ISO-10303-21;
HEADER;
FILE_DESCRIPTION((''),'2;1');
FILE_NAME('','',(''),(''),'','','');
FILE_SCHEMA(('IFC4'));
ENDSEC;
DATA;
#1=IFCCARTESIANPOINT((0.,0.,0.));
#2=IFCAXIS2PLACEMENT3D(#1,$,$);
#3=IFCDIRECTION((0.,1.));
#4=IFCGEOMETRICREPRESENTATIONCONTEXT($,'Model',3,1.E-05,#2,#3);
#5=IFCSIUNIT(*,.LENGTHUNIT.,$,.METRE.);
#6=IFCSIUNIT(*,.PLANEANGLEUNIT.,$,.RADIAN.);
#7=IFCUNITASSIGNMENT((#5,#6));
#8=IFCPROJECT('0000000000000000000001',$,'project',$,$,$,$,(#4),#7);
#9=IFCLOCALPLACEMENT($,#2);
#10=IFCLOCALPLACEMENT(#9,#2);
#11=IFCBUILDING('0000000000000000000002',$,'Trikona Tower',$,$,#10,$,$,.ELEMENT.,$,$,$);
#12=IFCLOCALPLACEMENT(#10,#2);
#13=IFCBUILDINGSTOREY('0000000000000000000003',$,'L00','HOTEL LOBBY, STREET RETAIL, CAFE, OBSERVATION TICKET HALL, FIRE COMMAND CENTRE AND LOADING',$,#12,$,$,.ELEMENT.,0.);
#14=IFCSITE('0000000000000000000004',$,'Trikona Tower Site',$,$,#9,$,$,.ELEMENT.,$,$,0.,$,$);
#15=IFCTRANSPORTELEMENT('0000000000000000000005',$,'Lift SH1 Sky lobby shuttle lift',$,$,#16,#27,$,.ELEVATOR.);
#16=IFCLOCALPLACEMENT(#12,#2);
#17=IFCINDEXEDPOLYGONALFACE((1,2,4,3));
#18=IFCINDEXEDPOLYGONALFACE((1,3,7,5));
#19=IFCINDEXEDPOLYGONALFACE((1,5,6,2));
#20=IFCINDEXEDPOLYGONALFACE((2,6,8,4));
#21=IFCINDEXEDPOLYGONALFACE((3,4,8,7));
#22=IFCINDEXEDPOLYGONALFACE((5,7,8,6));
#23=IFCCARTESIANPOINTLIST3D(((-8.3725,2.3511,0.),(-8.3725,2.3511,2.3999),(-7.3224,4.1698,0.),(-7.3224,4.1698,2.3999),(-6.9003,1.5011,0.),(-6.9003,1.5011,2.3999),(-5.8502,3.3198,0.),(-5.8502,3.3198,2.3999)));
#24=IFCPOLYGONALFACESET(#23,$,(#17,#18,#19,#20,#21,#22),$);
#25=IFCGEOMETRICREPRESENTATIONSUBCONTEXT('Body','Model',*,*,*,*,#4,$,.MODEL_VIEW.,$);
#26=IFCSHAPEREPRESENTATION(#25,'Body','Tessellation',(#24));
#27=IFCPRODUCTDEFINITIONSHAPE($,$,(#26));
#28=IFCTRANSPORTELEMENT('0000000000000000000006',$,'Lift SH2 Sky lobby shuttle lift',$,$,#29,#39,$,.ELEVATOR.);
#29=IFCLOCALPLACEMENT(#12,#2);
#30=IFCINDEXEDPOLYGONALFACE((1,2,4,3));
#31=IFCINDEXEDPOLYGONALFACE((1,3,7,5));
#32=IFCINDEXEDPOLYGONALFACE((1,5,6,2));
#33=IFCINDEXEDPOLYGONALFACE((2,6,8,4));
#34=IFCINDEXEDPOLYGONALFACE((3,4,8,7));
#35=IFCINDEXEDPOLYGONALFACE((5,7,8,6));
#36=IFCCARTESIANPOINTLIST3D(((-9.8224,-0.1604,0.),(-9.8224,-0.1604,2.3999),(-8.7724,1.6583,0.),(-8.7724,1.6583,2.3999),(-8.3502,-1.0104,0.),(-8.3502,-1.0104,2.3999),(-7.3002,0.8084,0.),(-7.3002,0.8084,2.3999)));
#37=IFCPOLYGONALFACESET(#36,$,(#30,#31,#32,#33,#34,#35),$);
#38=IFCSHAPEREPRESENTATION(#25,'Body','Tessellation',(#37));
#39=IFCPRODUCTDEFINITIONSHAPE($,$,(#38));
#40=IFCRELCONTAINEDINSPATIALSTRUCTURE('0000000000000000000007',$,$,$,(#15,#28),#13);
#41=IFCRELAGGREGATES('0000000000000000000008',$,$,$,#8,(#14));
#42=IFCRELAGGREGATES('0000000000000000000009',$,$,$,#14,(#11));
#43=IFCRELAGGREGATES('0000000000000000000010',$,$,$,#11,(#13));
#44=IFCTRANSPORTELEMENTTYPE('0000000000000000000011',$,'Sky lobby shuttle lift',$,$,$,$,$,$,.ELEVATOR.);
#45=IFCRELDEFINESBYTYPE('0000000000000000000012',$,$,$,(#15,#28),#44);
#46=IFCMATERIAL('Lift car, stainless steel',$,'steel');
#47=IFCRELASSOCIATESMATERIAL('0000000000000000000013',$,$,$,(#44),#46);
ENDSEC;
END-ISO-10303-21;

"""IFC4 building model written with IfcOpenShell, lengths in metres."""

from ifc_helpers import new_model, si_unit, direction, frame, origin, origin_2d, place, context, subcontext, project, spatial, rectangle, extrude, material, type_object, element, save


model = new_model("IFC4")

# Units and contexts
model_context = context("Model", 3, precision=1e-05, world=origin(), true_north=direction((0.0, 1.0)))
body_context = subcontext(model_context, "Body", "Model", "MODEL_VIEW")
ifc_project = project(units=[si_unit("LENGTHUNIT", "METRE"), si_unit("PLANEANGLEUNIT", "RADIAN")], contexts=[model_context])

# Site, building, storey
site_placement = place(None, origin())
site = spatial("IfcSite", under=ifc_project, at=site_placement, Name="Trikona Tower Site", CompositionType="ELEMENT", RefElevation=0.0)
building_placement = place(site_placement, origin())
building = spatial("IfcBuilding", under=site, at=building_placement, Name="Trikona Tower", CompositionType="ELEMENT")
storey_placement = place(building_placement, origin())
storey = spatial("IfcBuildingStorey", under=building, at=storey_placement, Name="L00", Description="HOTEL LOBBY, STREET RETAIL, CAFE, OBSERVATION TICKET HALL, FIRE COMMAND CENTRE AND LOADING", CompositionType="ELEMENT", Elevation=0.0)

# Transport elements
ifc_material_1 = material(Name="Lift car, stainless steel", Category="steel")
transport_element_type = type_object("IfcTransportElementType", Name="Sky lobby shuttle lift", PredefinedType="ELEVATOR", material=ifc_material_1)
for number, where, z_axis, x_axis, name in (
    (1, (-7.1113, 2.8354, 0.0), (0.0, 0.0, 1.0), (-0.5, -0.866025, 0.0), "Lift SH1 Sky lobby shuttle lift"),
    (2, (-8.5613, 0.324, 0.0), (0.0, 0.0, 1.0), (-0.5, -0.866025, 0.0), "Lift SH2 Sky lobby shuttle lift"),
):
    element("IfcTransportElement", number, at=place(storey_placement, frame(where, z_axis=z_axis, x_axis=x_axis)), inside=storey, type_object=transport_element_type, Name=name, PredefinedType="ELEVATOR", context=body_context, shape_type="SweptSolid", body=[
        extrude(rectangle(XDim=2.1001, YDim=1.7, at=origin_2d()), origin(), (0.0, 0.0, 1.0), 2.3999),
    ])

save(model, "model.ifc")
